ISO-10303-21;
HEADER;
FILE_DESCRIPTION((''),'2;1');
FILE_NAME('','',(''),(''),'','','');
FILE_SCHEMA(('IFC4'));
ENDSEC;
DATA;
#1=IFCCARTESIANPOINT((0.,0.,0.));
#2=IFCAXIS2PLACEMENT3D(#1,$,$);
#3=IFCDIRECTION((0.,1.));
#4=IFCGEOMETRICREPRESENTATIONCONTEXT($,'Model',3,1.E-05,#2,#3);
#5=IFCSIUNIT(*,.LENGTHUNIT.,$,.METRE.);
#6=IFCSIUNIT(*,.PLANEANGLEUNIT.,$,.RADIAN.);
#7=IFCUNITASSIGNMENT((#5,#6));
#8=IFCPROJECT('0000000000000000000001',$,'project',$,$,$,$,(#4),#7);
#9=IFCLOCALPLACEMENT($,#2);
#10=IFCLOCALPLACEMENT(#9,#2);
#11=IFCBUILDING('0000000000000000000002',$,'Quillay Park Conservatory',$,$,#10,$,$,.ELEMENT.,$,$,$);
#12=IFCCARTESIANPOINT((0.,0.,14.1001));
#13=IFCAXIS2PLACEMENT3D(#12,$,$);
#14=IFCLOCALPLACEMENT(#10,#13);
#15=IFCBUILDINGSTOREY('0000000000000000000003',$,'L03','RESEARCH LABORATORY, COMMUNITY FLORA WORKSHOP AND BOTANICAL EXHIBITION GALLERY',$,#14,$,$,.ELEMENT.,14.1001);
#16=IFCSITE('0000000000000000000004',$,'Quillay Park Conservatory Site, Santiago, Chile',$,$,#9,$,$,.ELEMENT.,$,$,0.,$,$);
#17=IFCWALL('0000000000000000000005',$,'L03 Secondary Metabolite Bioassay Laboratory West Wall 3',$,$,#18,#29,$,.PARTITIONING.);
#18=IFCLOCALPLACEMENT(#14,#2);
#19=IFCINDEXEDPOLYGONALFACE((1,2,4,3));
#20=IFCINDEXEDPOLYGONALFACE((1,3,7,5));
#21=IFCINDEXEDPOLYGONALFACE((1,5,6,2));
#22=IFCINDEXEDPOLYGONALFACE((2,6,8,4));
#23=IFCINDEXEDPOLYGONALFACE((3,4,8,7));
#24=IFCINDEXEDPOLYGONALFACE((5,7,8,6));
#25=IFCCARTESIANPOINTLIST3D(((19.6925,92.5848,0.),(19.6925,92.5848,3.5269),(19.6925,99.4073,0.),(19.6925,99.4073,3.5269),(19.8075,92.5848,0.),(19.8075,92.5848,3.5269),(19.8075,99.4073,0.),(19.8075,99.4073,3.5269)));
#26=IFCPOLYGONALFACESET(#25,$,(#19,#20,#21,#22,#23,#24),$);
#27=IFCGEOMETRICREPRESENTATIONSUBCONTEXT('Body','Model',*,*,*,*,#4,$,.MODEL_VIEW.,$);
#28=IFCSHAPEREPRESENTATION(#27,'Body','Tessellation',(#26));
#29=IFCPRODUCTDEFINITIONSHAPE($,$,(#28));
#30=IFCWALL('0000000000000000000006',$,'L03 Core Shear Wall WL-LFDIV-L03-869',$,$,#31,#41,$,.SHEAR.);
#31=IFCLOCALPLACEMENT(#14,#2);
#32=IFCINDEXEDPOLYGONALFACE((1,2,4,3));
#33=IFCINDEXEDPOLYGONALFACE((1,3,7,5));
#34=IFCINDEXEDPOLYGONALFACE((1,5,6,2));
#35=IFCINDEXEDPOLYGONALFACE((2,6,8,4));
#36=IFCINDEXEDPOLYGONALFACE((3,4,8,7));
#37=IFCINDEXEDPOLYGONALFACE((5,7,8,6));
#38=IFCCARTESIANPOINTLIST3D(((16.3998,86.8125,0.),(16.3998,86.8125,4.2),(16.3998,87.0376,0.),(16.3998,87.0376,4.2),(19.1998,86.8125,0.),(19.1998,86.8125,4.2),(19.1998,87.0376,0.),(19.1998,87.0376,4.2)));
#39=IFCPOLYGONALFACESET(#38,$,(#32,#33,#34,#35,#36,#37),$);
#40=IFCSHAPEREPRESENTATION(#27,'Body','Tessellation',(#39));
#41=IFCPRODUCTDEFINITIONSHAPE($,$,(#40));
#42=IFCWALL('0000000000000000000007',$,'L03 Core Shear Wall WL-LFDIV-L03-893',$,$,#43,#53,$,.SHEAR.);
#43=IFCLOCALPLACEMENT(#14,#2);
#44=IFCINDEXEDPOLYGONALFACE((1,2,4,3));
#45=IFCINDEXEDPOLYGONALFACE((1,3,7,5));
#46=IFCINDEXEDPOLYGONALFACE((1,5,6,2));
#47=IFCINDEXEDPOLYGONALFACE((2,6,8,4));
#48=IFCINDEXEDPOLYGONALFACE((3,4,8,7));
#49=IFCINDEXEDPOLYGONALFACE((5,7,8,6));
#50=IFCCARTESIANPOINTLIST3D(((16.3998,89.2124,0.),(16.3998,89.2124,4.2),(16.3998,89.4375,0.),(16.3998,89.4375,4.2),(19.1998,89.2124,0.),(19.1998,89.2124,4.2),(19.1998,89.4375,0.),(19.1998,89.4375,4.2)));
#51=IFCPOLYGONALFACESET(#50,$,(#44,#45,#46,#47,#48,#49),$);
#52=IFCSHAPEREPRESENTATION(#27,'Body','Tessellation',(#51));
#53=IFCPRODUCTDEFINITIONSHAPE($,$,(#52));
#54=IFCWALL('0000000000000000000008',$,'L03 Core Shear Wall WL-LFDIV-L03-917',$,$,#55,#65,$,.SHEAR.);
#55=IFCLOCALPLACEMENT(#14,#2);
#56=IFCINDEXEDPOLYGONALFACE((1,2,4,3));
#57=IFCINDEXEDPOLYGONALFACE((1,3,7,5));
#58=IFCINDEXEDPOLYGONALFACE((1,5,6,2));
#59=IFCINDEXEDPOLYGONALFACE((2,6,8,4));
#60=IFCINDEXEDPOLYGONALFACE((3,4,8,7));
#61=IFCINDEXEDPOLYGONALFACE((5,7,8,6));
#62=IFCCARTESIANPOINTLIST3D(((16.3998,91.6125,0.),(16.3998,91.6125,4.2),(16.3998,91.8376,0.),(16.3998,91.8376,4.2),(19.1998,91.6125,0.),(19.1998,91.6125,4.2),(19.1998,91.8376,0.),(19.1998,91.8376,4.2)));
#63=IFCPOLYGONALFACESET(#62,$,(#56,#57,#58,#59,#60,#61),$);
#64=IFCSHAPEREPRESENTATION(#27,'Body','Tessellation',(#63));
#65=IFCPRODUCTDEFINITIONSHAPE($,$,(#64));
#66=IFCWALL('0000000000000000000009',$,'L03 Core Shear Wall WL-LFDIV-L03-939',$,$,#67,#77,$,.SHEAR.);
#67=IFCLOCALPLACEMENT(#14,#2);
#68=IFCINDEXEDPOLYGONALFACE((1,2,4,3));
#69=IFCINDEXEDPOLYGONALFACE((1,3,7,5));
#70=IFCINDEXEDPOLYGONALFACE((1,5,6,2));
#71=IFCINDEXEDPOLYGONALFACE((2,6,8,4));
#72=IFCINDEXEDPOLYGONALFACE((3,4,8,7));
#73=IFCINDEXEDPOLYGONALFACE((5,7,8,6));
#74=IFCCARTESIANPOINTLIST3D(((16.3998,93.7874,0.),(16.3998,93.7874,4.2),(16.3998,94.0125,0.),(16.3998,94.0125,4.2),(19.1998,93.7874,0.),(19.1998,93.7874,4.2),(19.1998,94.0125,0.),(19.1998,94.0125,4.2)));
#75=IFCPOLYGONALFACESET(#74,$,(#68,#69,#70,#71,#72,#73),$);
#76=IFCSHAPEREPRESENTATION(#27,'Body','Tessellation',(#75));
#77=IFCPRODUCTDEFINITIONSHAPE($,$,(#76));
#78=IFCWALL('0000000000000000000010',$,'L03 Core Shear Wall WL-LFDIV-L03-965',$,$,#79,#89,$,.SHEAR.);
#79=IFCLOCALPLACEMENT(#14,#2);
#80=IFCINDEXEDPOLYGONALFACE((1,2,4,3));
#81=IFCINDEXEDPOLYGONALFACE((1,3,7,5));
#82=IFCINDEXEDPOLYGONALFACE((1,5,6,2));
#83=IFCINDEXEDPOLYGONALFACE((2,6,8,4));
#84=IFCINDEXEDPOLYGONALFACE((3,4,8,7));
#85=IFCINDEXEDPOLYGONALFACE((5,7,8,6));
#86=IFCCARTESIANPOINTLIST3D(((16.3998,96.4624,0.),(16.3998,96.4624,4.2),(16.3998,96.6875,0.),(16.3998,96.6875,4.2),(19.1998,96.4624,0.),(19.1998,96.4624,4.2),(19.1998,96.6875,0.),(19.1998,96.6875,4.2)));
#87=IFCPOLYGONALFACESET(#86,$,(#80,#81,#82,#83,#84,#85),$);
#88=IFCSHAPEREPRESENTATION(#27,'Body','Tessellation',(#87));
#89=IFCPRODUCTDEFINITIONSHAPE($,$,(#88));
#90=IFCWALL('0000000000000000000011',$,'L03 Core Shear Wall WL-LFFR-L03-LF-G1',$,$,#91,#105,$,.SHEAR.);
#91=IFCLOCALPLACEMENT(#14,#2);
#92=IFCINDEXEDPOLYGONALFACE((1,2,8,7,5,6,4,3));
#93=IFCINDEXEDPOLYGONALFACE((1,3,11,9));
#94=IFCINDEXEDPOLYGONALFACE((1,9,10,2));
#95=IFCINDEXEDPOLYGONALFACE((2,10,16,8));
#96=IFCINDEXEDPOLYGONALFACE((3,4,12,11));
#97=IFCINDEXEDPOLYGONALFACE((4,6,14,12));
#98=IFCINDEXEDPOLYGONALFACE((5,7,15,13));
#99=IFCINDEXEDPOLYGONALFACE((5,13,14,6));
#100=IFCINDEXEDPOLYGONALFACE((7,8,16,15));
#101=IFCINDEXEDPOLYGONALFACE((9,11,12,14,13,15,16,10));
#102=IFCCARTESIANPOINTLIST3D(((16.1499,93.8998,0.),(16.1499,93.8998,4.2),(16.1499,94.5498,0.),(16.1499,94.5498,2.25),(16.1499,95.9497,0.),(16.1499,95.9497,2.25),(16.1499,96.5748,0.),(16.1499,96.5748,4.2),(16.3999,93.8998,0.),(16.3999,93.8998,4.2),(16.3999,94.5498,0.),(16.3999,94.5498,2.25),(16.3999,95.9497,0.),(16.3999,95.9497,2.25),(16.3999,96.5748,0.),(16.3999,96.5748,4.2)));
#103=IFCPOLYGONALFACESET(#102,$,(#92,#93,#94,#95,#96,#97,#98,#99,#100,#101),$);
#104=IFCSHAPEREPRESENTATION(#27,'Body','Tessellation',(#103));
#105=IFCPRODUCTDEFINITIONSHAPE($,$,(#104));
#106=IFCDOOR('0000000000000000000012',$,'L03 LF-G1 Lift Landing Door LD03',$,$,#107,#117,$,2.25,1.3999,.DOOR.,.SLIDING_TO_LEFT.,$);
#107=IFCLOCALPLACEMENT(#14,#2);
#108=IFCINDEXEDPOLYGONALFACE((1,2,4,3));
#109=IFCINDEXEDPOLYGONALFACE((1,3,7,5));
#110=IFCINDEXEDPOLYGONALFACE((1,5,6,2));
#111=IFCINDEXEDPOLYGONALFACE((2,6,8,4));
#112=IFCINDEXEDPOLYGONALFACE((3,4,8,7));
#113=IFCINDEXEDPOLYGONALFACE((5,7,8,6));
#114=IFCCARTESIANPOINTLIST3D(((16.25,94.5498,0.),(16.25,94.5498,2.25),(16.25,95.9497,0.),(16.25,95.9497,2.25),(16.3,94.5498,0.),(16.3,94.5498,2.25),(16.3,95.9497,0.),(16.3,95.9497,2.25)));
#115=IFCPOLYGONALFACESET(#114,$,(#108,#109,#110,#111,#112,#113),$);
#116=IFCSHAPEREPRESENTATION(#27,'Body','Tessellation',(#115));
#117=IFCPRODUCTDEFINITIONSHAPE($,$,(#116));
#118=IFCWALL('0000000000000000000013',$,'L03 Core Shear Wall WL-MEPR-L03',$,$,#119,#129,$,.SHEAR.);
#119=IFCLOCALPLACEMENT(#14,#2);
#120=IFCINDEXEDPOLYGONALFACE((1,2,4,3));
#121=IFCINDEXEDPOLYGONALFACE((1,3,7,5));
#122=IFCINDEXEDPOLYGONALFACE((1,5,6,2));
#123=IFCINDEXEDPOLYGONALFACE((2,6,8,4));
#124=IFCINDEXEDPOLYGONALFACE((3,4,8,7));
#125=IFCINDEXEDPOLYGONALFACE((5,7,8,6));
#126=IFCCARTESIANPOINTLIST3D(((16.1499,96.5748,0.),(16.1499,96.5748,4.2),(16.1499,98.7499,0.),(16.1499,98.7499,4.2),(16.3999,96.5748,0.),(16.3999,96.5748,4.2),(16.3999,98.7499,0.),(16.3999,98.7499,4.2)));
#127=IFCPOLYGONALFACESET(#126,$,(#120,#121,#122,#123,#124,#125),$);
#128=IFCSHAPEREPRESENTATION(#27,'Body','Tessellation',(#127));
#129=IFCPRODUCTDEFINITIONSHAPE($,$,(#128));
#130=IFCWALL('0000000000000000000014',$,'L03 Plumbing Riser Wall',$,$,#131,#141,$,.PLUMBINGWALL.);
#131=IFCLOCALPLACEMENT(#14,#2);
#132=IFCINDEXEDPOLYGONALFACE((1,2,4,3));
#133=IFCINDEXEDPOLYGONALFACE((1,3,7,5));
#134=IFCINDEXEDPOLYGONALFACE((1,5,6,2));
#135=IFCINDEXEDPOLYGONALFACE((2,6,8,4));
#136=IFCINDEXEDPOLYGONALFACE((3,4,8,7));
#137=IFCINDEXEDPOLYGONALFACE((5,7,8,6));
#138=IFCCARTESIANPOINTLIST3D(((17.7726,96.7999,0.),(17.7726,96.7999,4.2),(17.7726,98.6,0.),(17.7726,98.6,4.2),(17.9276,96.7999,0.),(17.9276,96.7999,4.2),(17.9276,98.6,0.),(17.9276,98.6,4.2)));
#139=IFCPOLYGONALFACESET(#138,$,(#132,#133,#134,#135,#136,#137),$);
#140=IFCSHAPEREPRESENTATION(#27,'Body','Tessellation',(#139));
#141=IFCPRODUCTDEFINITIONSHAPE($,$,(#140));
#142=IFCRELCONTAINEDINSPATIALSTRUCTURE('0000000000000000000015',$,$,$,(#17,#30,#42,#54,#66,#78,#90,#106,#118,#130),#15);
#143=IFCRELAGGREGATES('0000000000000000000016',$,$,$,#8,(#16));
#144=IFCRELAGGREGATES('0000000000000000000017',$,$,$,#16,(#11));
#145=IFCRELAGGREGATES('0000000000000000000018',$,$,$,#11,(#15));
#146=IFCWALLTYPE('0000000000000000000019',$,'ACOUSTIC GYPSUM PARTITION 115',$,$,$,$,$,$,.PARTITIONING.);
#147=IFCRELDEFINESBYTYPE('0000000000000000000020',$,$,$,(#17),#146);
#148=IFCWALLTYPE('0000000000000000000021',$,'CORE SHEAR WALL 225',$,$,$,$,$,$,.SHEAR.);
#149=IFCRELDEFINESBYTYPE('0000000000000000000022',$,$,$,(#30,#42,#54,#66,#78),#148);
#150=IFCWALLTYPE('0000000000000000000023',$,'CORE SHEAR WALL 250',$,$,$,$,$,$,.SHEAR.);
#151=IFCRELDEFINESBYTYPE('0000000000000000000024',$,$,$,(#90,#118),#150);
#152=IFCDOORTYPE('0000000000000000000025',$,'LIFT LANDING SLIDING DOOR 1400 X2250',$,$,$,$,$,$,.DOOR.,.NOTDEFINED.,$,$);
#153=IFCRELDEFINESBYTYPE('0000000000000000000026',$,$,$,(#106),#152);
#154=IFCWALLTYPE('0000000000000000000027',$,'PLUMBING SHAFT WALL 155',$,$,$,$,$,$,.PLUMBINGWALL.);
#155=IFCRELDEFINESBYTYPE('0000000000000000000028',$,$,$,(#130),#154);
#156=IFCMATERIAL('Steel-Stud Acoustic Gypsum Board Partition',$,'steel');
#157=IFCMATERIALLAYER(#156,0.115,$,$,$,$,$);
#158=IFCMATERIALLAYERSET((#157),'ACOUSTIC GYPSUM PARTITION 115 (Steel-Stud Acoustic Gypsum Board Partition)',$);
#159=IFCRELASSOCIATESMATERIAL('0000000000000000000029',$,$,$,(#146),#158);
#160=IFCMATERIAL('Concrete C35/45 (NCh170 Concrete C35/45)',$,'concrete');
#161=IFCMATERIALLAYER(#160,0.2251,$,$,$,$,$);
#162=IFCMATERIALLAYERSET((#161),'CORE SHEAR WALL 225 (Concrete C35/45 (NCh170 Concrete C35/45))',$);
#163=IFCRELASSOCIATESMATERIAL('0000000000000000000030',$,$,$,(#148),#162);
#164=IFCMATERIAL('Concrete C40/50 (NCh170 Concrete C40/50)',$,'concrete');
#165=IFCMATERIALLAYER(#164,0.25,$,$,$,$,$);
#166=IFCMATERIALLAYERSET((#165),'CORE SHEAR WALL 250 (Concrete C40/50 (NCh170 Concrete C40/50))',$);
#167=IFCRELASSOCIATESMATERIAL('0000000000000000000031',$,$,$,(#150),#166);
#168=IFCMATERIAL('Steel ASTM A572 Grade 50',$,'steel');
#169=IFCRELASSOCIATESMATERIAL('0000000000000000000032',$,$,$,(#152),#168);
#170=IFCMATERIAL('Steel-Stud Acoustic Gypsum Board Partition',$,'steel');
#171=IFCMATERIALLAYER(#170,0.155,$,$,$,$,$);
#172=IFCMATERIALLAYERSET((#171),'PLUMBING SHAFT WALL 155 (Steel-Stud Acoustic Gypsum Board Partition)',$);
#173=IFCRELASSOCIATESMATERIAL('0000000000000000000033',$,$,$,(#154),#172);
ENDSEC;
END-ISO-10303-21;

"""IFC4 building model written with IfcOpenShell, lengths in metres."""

from ifc_helpers import new_model, si_unit, direction, frame, frame_2d, origin, place, context, subcontext, project, spatial, rectangle, extrude, material, layer, layer_set, type_object, element, fill, save


model = new_model("IFC4")

# Units and contexts
model_context = context("Model", 3, precision=1e-05, world=origin(), true_north=direction((0.0, 1.0)))
body_context = subcontext(model_context, "Body", "Model", "MODEL_VIEW")
ifc_project = project(units=[si_unit("LENGTHUNIT", "METRE"), si_unit("PLANEANGLEUNIT", "RADIAN")], contexts=[model_context])

# Site, building, storey
site_placement = place(None, origin())
site = spatial("IfcSite", under=ifc_project, at=site_placement, Name="Quillay Park Conservatory Site, Santiago, Chile", CompositionType="ELEMENT", RefElevation=0.0)
building_placement = place(site_placement, origin())
building = spatial("IfcBuilding", under=site, at=building_placement, Name="Quillay Park Conservatory", CompositionType="ELEMENT")
storey_placement = place(building_placement, frame((0.0, 0.0, 14.1001)))
storey = spatial("IfcBuildingStorey", under=building, at=storey_placement, Name="L03", Description="RESEARCH LABORATORY, COMMUNITY FLORA WORKSHOP AND BOTANICAL EXHIBITION GALLERY", CompositionType="ELEMENT", Elevation=14.1001)

# Walls
ifc_material_1 = material(Name="Steel-Stud Acoustic Gypsum Board Partition", Category="steel")
ifc_layer_1 = layer(ifc_material_1, 0.115)
ifc_layer_set_1 = layer_set([ifc_layer_1], Name="ACOUSTIC GYPSUM PARTITION 115 (Steel-Stud Acoustic Gypsum Board Partition)")
wall_type_1 = type_object("IfcWallType", Name="ACOUSTIC GYPSUM PARTITION 115", PredefinedType="PARTITIONING", material=ifc_layer_set_1)
wall_1_placement = place(storey_placement, frame((19.75, 92.585, 0.0), z_axis=(0.0, 0.0, 1.0), x_axis=(0.0, 1.0, 0.0)))
element("IfcWall", 1, at=wall_1_placement, inside=storey, type_object=wall_type_1, Name="L03 Secondary Metabolite Bioassay Laboratory West Wall 3", PredefinedType="PARTITIONING", context=body_context, shape_type="SweptSolid", body=[
    extrude(rectangle(XDim=6.8225, YDim=0.115, at=frame_2d((3.4111, 0.0))), origin(), (0.0, 0.0, 1.0), 3.5269),
])
ifc_material_2 = material(Name="Concrete C35/45 (NCh170 Concrete C35/45)", Category="concrete")
ifc_layer_2 = layer(ifc_material_2, 0.2251)
ifc_layer_set_2 = layer_set([ifc_layer_2], Name="CORE SHEAR WALL 225 (Concrete C35/45 (NCh170 Concrete C35/45))")
wall_type_2 = type_object("IfcWallType", Name="CORE SHEAR WALL 225", PredefinedType="SHEAR", material=ifc_layer_set_2)
for number, where, z_axis, x_axis, name in (
    (2, (16.3999, 86.925, 0.0), (0.0, 0.0, 1.0), (1.0, 0.0, 0.0), "L03 Core Shear Wall WL-LFDIV-L03-869"),
    (3, (16.3999, 89.325, 0.0), (0.0, 0.0, 1.0), (1.0, 0.0, 0.0), "L03 Core Shear Wall WL-LFDIV-L03-893"),
    (4, (16.3999, 91.7251, 0.0), (0.0, 0.0, 1.0), (1.0, 0.0, 0.0), "L03 Core Shear Wall WL-LFDIV-L03-917"),
    (5, (16.3999, 93.8999, 0.0), (0.0, 0.0, 1.0), (1.0, 0.0, 0.0), "L03 Core Shear Wall WL-LFDIV-L03-939"),
    (6, (16.3999, 96.575, 0.0), (0.0, 0.0, 1.0), (1.0, 0.0, 0.0), "L03 Core Shear Wall WL-LFDIV-L03-965"),
):
    element("IfcWall", number, at=place(storey_placement, frame(where, z_axis=z_axis, x_axis=x_axis)), inside=storey, type_object=wall_type_2, Name=name, PredefinedType="SHEAR", context=body_context, shape_type="SweptSolid", body=[
        extrude(rectangle(XDim=2.8, YDim=0.2251, at=frame_2d((1.3999, 0.0))), origin(), (0.0, 0.0, 1.0), 4.2),
    ])

# Wall, opening, door
ifc_material_3 = material(Name="Concrete C40/50 (NCh170 Concrete C40/50)", Category="concrete")
ifc_layer_3 = layer(ifc_material_3, 0.25)
ifc_layer_set_3 = layer_set([ifc_layer_3], Name="CORE SHEAR WALL 250 (Concrete C40/50 (NCh170 Concrete C40/50))")
wall_type_3 = type_object("IfcWallType", Name="CORE SHEAR WALL 250", PredefinedType="SHEAR", material=ifc_layer_set_3)
wall_2_placement = place(storey_placement, frame((16.2749, 93.8999, 0.0), z_axis=(0.0, 0.0, 1.0), x_axis=(0.0, 1.0, 0.0)))
wall_2 = element("IfcWall", 7, at=wall_2_placement, inside=storey, type_object=wall_type_3, Name="L03 Core Shear Wall WL-LFFR-L03-LF-G1", PredefinedType="SHEAR", context=body_context, shape_type="SweptSolid", body=[
    extrude(rectangle(XDim=2.675, YDim=0.25, at=frame_2d((1.3374, 0.0))), origin(), (0.0, 0.0, 1.0), 4.2),
])
opening_1_placement = place(wall_2_placement, frame((0.6499, 0.0, 0.0)))
opening_1 = element("IfcOpeningElement", 8, at=opening_1_placement, cuts=wall_2, PredefinedType="OPENING", context=body_context, shape_type="SweptSolid", body=[
    extrude(rectangle(XDim=1.3999, YDim=2.25, at=frame_2d((0.7, 1.125))), frame((0.0, 0.125, 0.0), z_axis=(0.0, -1.0, 0.0), x_axis=(1.0, 0.0, 0.0)), (0.0, 0.0, 1.0), 0.25),
])
ifc_material_4 = material(Name="Steel ASTM A572 Grade 50", Category="steel")
door_type_1 = type_object("IfcDoorType", Name="LIFT LANDING SLIDING DOOR 1400 X2250", OperationType="NOTDEFINED", PredefinedType="DOOR", material=ifc_material_4)
door_1_placement = place(opening_1_placement, origin())
door_1 = element("IfcDoor", 9, at=door_1_placement, inside=storey, type_object=door_type_1, Name="L03 LF-G1 Lift Landing Door LD03", OperationType="SLIDING_TO_LEFT", OverallHeight=2.25, OverallWidth=1.3999, PredefinedType="DOOR", context=body_context, shape_type="SweptSolid", body=[
    extrude(rectangle(XDim=1.3999, YDim=2.25, at=frame_2d((0.7, 1.125))), frame((0.0, 0.0249, 0.0), z_axis=(0.0, -1.0, 0.0), x_axis=(1.0, 0.0, 0.0)), (0.0, 0.0, 1.0), 0.05),
])
fill(opening_1, door_1)

# Walls
wall_3_placement = place(storey_placement, frame((16.2749, 96.575, 0.0), z_axis=(0.0, 0.0, 1.0), x_axis=(0.0, 1.0, 0.0)))
element("IfcWall", 10, at=wall_3_placement, inside=storey, type_object=wall_type_3, Name="L03 Core Shear Wall WL-MEPR-L03", PredefinedType="SHEAR", context=body_context, shape_type="SweptSolid", body=[
    extrude(rectangle(XDim=2.175, YDim=0.25, at=frame_2d((1.0874, 0.0))), origin(), (0.0, 0.0, 1.0), 4.2),
])
ifc_material_5 = material(Name="Steel-Stud Acoustic Gypsum Board Partition", Category="steel")
ifc_layer_4 = layer(ifc_material_5, 0.155)
ifc_layer_set_4 = layer_set([ifc_layer_4], Name="PLUMBING SHAFT WALL 155 (Steel-Stud Acoustic Gypsum Board Partition)")
wall_type_4 = type_object("IfcWallType", Name="PLUMBING SHAFT WALL 155", PredefinedType="PLUMBINGWALL", material=ifc_layer_set_4)
wall_4_placement = place(storey_placement, frame((17.8501, 96.8, 0.0), z_axis=(0.0, 0.0, 1.0), x_axis=(0.0, 1.0, 0.0)))
element("IfcWall", 11, at=wall_4_placement, inside=storey, type_object=wall_type_4, Name="L03 Plumbing Riser Wall", PredefinedType="PLUMBINGWALL", context=body_context, shape_type="SweptSolid", body=[
    extrude(rectangle(XDim=1.8, YDim=0.155, at=frame_2d((0.8999, 0.0))), origin(), (0.0, 0.0, 1.0), 4.2),
])

save(model, "model.ifc")
